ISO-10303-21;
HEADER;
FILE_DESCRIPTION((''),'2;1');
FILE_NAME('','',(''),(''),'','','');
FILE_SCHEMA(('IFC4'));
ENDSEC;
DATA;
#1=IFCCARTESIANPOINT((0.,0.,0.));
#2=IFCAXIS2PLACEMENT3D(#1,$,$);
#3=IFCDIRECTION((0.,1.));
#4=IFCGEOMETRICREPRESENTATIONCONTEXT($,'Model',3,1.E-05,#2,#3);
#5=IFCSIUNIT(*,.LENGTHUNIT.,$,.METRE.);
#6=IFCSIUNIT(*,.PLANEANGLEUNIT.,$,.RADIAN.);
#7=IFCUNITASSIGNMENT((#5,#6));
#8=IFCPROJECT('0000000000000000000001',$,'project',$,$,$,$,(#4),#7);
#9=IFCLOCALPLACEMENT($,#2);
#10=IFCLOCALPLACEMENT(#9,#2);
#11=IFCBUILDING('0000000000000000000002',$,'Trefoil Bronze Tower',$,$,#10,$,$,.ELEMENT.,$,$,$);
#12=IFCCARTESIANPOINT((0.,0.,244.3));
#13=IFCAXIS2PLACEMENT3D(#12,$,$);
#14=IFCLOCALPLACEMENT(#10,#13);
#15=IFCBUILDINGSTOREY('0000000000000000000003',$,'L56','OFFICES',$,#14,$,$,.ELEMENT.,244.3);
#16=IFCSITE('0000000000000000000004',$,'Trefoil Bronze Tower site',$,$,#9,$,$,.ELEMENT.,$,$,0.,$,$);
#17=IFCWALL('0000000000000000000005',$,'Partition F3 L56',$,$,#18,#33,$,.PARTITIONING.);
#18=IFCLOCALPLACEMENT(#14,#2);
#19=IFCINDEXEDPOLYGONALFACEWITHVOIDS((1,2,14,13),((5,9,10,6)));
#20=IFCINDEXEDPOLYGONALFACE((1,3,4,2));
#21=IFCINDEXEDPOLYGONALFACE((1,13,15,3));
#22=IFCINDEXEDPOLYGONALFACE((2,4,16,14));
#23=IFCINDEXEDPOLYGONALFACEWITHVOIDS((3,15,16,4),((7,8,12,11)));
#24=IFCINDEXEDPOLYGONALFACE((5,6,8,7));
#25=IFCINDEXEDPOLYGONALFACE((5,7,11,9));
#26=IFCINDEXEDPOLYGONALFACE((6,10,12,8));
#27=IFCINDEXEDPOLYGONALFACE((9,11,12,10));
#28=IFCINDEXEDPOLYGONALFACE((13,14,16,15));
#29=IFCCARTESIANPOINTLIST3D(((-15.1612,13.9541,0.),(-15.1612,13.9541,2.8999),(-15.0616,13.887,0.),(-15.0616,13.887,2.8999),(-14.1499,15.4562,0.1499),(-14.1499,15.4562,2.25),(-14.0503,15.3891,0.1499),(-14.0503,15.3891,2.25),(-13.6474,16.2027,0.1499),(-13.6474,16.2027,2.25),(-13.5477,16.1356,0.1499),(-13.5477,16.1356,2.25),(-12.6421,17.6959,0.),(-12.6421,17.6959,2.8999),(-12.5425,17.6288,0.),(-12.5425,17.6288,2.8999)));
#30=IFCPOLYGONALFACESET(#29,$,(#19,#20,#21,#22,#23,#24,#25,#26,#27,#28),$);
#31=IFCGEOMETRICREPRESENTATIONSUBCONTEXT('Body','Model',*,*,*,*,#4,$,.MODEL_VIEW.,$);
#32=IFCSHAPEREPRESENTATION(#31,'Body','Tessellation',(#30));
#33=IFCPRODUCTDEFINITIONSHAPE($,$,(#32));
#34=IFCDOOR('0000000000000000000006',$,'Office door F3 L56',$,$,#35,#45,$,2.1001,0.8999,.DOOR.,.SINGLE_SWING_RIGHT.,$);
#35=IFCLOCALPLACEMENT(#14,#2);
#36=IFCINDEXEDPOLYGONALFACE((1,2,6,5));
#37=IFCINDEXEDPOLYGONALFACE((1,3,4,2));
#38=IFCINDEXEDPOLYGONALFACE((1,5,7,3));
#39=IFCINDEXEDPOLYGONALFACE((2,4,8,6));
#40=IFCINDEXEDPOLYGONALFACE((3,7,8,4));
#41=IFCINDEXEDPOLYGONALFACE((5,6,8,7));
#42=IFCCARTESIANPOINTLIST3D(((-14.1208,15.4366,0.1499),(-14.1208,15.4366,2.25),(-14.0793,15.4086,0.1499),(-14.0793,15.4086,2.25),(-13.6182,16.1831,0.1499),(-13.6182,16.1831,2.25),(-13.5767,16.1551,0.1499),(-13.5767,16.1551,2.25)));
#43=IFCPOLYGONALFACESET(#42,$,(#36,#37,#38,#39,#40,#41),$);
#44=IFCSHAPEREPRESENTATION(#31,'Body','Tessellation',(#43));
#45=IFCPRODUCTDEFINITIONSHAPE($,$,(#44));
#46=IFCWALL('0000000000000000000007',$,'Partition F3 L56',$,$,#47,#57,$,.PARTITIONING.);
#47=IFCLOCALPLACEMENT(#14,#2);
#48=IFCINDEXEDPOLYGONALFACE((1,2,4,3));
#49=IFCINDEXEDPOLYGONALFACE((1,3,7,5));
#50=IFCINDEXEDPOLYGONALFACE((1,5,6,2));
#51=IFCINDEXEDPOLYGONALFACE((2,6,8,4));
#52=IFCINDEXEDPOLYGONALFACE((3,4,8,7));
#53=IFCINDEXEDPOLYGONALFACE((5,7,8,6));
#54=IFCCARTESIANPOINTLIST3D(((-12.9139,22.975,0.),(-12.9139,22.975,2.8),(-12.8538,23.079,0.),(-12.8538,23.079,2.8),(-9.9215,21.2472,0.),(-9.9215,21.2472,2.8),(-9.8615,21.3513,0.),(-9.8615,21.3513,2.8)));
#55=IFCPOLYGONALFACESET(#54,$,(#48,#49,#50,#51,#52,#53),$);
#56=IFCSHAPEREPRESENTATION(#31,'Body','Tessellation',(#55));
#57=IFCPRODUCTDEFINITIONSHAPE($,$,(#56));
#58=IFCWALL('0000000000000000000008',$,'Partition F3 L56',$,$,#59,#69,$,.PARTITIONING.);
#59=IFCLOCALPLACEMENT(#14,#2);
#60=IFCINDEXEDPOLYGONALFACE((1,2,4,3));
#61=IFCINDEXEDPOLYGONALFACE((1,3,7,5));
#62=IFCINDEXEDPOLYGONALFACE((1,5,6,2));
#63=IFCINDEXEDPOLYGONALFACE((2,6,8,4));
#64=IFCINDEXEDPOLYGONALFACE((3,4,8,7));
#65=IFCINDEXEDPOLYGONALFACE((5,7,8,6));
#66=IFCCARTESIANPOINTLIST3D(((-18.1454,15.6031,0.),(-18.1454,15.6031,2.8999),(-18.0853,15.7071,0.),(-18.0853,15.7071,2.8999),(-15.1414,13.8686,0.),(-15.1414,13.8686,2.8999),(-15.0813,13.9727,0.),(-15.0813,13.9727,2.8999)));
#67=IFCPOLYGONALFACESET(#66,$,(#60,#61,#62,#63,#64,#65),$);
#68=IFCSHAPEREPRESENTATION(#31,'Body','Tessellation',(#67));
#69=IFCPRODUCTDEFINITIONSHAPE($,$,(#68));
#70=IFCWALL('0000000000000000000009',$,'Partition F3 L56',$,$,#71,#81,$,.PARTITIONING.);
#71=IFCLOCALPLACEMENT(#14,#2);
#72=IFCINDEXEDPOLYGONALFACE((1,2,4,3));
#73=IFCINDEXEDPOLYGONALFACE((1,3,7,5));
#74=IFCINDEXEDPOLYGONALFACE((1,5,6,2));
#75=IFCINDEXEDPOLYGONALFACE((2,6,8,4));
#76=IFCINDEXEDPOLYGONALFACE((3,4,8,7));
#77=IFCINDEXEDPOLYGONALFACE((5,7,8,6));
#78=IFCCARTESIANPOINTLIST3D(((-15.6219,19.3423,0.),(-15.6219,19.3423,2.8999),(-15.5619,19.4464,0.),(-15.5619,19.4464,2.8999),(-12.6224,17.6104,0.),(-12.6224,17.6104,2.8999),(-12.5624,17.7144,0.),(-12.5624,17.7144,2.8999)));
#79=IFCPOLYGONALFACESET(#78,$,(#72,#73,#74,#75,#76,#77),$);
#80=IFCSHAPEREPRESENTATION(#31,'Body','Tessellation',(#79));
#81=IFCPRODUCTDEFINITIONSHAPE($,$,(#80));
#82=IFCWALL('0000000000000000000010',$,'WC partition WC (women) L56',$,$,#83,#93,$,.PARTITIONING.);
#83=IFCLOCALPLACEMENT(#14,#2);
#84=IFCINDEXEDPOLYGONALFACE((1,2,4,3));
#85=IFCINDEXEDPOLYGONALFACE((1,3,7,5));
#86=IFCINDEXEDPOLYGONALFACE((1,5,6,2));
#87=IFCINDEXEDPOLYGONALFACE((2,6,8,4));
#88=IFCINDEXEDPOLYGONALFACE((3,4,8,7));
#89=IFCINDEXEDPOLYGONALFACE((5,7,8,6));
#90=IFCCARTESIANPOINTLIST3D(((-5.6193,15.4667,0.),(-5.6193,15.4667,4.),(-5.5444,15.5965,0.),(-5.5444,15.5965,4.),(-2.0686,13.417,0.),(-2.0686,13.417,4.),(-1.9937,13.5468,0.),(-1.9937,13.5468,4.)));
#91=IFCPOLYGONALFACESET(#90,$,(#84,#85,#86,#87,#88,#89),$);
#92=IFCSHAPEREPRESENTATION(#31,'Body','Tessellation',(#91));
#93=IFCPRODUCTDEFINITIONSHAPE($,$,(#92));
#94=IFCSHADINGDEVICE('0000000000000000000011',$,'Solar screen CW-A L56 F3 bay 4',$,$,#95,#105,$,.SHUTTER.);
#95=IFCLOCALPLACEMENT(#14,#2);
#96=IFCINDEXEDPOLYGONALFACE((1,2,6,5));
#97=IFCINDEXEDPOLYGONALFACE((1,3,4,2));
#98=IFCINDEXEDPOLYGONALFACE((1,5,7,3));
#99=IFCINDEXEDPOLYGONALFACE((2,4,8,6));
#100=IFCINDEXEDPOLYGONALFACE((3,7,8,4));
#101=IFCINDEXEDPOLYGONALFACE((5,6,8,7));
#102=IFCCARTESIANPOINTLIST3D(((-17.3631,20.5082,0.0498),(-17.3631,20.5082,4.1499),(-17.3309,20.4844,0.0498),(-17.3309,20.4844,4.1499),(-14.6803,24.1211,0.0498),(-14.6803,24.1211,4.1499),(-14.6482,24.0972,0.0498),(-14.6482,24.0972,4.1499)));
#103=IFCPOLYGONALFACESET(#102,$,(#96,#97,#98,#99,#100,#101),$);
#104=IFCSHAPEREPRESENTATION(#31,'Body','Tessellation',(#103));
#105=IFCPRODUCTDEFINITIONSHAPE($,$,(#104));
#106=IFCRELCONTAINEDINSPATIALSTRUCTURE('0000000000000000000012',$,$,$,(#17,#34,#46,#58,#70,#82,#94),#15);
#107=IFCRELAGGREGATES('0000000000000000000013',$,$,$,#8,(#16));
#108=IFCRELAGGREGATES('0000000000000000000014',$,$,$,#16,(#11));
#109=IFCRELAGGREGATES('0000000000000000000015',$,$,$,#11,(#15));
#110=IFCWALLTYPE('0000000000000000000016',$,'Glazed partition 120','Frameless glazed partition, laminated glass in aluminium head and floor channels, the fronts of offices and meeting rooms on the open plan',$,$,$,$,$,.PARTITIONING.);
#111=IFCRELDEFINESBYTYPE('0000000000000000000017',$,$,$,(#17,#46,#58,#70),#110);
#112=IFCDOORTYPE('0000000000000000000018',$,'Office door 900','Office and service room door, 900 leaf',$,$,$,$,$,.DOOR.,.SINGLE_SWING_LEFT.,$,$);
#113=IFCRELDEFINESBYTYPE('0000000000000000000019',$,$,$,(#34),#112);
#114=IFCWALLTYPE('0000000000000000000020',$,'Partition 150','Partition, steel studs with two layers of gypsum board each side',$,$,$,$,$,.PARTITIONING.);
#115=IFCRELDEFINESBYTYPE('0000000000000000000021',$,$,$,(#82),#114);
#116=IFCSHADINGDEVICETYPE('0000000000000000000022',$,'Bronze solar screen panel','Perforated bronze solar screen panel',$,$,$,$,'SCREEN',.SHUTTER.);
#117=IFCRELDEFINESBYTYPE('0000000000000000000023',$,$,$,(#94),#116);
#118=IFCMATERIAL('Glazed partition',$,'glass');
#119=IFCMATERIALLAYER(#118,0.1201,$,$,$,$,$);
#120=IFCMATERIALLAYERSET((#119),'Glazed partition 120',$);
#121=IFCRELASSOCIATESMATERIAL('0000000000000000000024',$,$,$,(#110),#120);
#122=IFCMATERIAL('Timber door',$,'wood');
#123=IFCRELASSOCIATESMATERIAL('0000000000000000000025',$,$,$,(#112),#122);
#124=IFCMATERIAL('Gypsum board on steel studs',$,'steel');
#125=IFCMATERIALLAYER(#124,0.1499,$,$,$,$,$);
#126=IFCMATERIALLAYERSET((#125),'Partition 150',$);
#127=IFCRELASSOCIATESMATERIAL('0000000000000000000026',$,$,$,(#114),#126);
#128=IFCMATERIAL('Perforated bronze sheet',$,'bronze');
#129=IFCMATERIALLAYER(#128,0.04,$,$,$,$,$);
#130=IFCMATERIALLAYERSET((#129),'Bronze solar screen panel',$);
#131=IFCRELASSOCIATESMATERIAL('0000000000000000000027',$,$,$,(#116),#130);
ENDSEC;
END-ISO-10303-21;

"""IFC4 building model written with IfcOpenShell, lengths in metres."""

from ifc_helpers import new_model, si_unit, direction, frame, frame_2d, origin, origin_2d, place, context, subcontext, project, spatial, rectangle, extrude, material, layer, layer_set, type_object, element, fill, save


model = new_model("IFC4")

# Units and contexts
model_context = context("Model", 3, precision=1e-05, world=origin(), true_north=direction((0.0, 1.0)))
body_context = subcontext(model_context, "Body", "Model", "MODEL_VIEW")
ifc_project = project(units=[si_unit("LENGTHUNIT", "METRE"), si_unit("PLANEANGLEUNIT", "RADIAN")], contexts=[model_context])

# Site, building, storey
site_placement = place(None, origin())
site = spatial("IfcSite", under=ifc_project, at=site_placement, Name="Trefoil Bronze Tower site", CompositionType="ELEMENT", RefElevation=0.0)
building_placement = place(site_placement, origin())
building = spatial("IfcBuilding", under=site, at=building_placement, Name="Trefoil Bronze Tower", CompositionType="ELEMENT")
storey_placement = place(building_placement, frame((0.0, 0.0, 244.3)))
storey = spatial("IfcBuildingStorey", under=building, at=storey_placement, Name="L56", Description="OFFICES", CompositionType="ELEMENT", Elevation=244.3)

# Wall, opening, door
ifc_material_1 = material(Name="Glazed partition", Category="glass")
ifc_layer_1 = layer(ifc_material_1, 0.1201)
ifc_layer_set_1 = layer_set([ifc_layer_1], Name="Glazed partition 120")
wall_type_1 = type_object("IfcWallType", Name="Glazed partition 120", Description="Frameless glazed partition, laminated glass in aluminium head and floor channels, the fronts of offices and meeting rooms on the open plan", PredefinedType="PARTITIONING", material=ifc_layer_set_1)
ifc_material_2 = material(Name="Timber door", Category="wood")
door_type_1 = type_object("IfcDoorType", Name="Office door 900", Description="Office and service room door, 900 leaf", OperationType="SINGLE_SWING_LEFT", PredefinedType="DOOR", material=ifc_material_2)
wall_1_placement = place(storey_placement, frame((-12.5923, 17.6624, 0.0), z_axis=(0.0, 0.0, 1.0), x_axis=(-0.558467, -0.829527, 0.0)))
wall_1 = element("IfcWall", 1, at=wall_1_placement, inside=storey, type_object=wall_type_1, Name="Partition F3 L56", PredefinedType="PARTITIONING", context=body_context, shape_type="SweptSolid", body=[
    extrude(rectangle(XDim=4.5107, YDim=0.1201, at=frame_2d((2.2554, 0.0))), origin(), (0.0, 0.0, 1.0), 2.8999),
])
opening_1_placement = place(wall_1_placement, frame((1.8, 0.0, 0.1499)))
opening_1 = element("IfcOpeningElement", 2, at=opening_1_placement, cuts=wall_1, PredefinedType="OPENING", context=body_context, shape_type="SweptSolid", body=[
    extrude(rectangle(XDim=0.8999, YDim=2.1001, at=frame_2d((0.45, 1.05))), frame((0.0, 0.0701, 0.0), z_axis=(0.0, -1.0, 0.0), x_axis=(1.0, 0.0, 0.0)), (0.0, 0.0, 1.0), 0.1401),
])
door_1_placement = place(opening_1_placement, frame((0.8999, 0.0, 0.0), z_axis=(0.0, 0.0, 1.0), x_axis=(-1.0, 0.0, 0.0)))
door_1 = element("IfcDoor", 3, at=door_1_placement, inside=storey, type_object=door_type_1, Name="Office door F3 L56", OperationType="SINGLE_SWING_RIGHT", OverallHeight=2.1001, OverallWidth=0.8999, PredefinedType="DOOR", context=body_context, shape_type="SweptSolid", body=[
    extrude(rectangle(XDim=0.8999, YDim=2.1001, at=frame_2d((0.45, 1.05))), frame((0.0, 0.0249, 0.0), z_axis=(0.0, -1.0, 0.0), x_axis=(1.0, 0.0, 0.0)), (0.0, 0.0, 1.0), 0.05),
])
fill(opening_1, door_1)

# Walls
wall_2_placement = place(storey_placement, frame((-9.8916, 21.2993, 0.0), z_axis=(0.0, 0.0, 1.0), x_axis=(-0.866013, 0.500022, 0.0)))
element("IfcWall", 4, at=wall_2_placement, inside=storey, type_object=wall_type_1, Name="Partition F3 L56", PredefinedType="PARTITIONING", context=body_context, shape_type="SweptSolid", body=[
    extrude(rectangle(XDim=3.4553, YDim=0.1201, at=frame_2d((1.7275, 0.0))), origin(), (0.0, 0.0, 1.0), 2.8),
])
wall_3_placement = place(storey_placement, frame((-15.1113, 13.9207, 0.0), z_axis=(0.0, 0.0, 1.0), x_axis=(-0.866017, 0.500015, 0.0)))
element("IfcWall", 5, at=wall_3_placement, inside=storey, type_object=wall_type_1, Name="Partition F3 L56", PredefinedType="PARTITIONING", context=body_context, shape_type="SweptSolid", body=[
    extrude(rectangle(XDim=3.4688, YDim=0.1201, at=frame_2d((1.7344, 0.0))), origin(), (0.0, 0.0, 1.0), 2.8999),
])
wall_4_placement = place(storey_placement, frame((-12.5923, 17.6624, 0.0), z_axis=(0.0, 0.0, 1.0), x_axis=(-0.866005, 0.500036, 0.0)))
element("IfcWall", 6, at=wall_4_placement, inside=storey, type_object=wall_type_1, Name="Partition F3 L56", PredefinedType="PARTITIONING", context=body_context, shape_type="SweptSolid", body=[
    extrude(rectangle(XDim=3.4636, YDim=0.1201, at=frame_2d((1.7319, 0.0))), origin(), (0.0, 0.0, 1.0), 2.8999),
])
ifc_material_3 = material(Name="Gypsum board on steel studs", Category="steel")
ifc_layer_2 = layer(ifc_material_3, 0.1499)
ifc_layer_set_2 = layer_set([ifc_layer_2], Name="Partition 150")
wall_type_2 = type_object("IfcWallType", Name="Partition 150", Description="Partition, steel studs with two layers of gypsum board each side", PredefinedType="PARTITIONING", material=ifc_layer_set_2)
wall_5_placement = place(storey_placement, frame((-2.0312, 13.4819, 0.0), z_axis=(0.0, 0.0, 1.0), x_axis=(-0.866051, 0.499956, 0.0)))
element("IfcWall", 7, at=wall_5_placement, inside=storey, type_object=wall_type_2, Name="WC partition WC (women) L56", PredefinedType="PARTITIONING", context=body_context, shape_type="SweptSolid", body=[
    extrude(rectangle(XDim=4.0999, YDim=0.1499, at=frame_2d((2.0498, 0.0))), origin(), (0.0, 0.0, 1.0), 4.0),
])

# Shading device
ifc_material_4 = material(Name="Perforated bronze sheet", Category="bronze")
ifc_layer_3 = layer(ifc_material_4, 0.04)
ifc_layer_set_3 = layer_set([ifc_layer_3], Name="Bronze solar screen panel")
shading_device_type = type_object("IfcShadingDeviceType", Name="Bronze solar screen panel", Description="Perforated bronze solar screen panel", ElementType="SCREEN", PredefinedType="SHUTTER", material=ifc_layer_set_3)
shading_device_placement = place(storey_placement, frame((-16.0056, 22.3027, 0.0498), z_axis=(0.0, 0.0, 1.0), x_axis=(-0.596162, -0.802865, 0.0)))
element("IfcShadingDevice", 8, at=shading_device_placement, inside=storey, type_object=shading_device_type, Name="Solar screen CW-A L56 F3 bay 4", PredefinedType="SHUTTER", context=body_context, shape_type="SweptSolid", body=[
    extrude(rectangle(XDim=4.5, YDim=0.04, at=origin_2d()), origin(), (0.0, 0.0, 1.0), 4.1001),
])

save(model, "model.ifc")
